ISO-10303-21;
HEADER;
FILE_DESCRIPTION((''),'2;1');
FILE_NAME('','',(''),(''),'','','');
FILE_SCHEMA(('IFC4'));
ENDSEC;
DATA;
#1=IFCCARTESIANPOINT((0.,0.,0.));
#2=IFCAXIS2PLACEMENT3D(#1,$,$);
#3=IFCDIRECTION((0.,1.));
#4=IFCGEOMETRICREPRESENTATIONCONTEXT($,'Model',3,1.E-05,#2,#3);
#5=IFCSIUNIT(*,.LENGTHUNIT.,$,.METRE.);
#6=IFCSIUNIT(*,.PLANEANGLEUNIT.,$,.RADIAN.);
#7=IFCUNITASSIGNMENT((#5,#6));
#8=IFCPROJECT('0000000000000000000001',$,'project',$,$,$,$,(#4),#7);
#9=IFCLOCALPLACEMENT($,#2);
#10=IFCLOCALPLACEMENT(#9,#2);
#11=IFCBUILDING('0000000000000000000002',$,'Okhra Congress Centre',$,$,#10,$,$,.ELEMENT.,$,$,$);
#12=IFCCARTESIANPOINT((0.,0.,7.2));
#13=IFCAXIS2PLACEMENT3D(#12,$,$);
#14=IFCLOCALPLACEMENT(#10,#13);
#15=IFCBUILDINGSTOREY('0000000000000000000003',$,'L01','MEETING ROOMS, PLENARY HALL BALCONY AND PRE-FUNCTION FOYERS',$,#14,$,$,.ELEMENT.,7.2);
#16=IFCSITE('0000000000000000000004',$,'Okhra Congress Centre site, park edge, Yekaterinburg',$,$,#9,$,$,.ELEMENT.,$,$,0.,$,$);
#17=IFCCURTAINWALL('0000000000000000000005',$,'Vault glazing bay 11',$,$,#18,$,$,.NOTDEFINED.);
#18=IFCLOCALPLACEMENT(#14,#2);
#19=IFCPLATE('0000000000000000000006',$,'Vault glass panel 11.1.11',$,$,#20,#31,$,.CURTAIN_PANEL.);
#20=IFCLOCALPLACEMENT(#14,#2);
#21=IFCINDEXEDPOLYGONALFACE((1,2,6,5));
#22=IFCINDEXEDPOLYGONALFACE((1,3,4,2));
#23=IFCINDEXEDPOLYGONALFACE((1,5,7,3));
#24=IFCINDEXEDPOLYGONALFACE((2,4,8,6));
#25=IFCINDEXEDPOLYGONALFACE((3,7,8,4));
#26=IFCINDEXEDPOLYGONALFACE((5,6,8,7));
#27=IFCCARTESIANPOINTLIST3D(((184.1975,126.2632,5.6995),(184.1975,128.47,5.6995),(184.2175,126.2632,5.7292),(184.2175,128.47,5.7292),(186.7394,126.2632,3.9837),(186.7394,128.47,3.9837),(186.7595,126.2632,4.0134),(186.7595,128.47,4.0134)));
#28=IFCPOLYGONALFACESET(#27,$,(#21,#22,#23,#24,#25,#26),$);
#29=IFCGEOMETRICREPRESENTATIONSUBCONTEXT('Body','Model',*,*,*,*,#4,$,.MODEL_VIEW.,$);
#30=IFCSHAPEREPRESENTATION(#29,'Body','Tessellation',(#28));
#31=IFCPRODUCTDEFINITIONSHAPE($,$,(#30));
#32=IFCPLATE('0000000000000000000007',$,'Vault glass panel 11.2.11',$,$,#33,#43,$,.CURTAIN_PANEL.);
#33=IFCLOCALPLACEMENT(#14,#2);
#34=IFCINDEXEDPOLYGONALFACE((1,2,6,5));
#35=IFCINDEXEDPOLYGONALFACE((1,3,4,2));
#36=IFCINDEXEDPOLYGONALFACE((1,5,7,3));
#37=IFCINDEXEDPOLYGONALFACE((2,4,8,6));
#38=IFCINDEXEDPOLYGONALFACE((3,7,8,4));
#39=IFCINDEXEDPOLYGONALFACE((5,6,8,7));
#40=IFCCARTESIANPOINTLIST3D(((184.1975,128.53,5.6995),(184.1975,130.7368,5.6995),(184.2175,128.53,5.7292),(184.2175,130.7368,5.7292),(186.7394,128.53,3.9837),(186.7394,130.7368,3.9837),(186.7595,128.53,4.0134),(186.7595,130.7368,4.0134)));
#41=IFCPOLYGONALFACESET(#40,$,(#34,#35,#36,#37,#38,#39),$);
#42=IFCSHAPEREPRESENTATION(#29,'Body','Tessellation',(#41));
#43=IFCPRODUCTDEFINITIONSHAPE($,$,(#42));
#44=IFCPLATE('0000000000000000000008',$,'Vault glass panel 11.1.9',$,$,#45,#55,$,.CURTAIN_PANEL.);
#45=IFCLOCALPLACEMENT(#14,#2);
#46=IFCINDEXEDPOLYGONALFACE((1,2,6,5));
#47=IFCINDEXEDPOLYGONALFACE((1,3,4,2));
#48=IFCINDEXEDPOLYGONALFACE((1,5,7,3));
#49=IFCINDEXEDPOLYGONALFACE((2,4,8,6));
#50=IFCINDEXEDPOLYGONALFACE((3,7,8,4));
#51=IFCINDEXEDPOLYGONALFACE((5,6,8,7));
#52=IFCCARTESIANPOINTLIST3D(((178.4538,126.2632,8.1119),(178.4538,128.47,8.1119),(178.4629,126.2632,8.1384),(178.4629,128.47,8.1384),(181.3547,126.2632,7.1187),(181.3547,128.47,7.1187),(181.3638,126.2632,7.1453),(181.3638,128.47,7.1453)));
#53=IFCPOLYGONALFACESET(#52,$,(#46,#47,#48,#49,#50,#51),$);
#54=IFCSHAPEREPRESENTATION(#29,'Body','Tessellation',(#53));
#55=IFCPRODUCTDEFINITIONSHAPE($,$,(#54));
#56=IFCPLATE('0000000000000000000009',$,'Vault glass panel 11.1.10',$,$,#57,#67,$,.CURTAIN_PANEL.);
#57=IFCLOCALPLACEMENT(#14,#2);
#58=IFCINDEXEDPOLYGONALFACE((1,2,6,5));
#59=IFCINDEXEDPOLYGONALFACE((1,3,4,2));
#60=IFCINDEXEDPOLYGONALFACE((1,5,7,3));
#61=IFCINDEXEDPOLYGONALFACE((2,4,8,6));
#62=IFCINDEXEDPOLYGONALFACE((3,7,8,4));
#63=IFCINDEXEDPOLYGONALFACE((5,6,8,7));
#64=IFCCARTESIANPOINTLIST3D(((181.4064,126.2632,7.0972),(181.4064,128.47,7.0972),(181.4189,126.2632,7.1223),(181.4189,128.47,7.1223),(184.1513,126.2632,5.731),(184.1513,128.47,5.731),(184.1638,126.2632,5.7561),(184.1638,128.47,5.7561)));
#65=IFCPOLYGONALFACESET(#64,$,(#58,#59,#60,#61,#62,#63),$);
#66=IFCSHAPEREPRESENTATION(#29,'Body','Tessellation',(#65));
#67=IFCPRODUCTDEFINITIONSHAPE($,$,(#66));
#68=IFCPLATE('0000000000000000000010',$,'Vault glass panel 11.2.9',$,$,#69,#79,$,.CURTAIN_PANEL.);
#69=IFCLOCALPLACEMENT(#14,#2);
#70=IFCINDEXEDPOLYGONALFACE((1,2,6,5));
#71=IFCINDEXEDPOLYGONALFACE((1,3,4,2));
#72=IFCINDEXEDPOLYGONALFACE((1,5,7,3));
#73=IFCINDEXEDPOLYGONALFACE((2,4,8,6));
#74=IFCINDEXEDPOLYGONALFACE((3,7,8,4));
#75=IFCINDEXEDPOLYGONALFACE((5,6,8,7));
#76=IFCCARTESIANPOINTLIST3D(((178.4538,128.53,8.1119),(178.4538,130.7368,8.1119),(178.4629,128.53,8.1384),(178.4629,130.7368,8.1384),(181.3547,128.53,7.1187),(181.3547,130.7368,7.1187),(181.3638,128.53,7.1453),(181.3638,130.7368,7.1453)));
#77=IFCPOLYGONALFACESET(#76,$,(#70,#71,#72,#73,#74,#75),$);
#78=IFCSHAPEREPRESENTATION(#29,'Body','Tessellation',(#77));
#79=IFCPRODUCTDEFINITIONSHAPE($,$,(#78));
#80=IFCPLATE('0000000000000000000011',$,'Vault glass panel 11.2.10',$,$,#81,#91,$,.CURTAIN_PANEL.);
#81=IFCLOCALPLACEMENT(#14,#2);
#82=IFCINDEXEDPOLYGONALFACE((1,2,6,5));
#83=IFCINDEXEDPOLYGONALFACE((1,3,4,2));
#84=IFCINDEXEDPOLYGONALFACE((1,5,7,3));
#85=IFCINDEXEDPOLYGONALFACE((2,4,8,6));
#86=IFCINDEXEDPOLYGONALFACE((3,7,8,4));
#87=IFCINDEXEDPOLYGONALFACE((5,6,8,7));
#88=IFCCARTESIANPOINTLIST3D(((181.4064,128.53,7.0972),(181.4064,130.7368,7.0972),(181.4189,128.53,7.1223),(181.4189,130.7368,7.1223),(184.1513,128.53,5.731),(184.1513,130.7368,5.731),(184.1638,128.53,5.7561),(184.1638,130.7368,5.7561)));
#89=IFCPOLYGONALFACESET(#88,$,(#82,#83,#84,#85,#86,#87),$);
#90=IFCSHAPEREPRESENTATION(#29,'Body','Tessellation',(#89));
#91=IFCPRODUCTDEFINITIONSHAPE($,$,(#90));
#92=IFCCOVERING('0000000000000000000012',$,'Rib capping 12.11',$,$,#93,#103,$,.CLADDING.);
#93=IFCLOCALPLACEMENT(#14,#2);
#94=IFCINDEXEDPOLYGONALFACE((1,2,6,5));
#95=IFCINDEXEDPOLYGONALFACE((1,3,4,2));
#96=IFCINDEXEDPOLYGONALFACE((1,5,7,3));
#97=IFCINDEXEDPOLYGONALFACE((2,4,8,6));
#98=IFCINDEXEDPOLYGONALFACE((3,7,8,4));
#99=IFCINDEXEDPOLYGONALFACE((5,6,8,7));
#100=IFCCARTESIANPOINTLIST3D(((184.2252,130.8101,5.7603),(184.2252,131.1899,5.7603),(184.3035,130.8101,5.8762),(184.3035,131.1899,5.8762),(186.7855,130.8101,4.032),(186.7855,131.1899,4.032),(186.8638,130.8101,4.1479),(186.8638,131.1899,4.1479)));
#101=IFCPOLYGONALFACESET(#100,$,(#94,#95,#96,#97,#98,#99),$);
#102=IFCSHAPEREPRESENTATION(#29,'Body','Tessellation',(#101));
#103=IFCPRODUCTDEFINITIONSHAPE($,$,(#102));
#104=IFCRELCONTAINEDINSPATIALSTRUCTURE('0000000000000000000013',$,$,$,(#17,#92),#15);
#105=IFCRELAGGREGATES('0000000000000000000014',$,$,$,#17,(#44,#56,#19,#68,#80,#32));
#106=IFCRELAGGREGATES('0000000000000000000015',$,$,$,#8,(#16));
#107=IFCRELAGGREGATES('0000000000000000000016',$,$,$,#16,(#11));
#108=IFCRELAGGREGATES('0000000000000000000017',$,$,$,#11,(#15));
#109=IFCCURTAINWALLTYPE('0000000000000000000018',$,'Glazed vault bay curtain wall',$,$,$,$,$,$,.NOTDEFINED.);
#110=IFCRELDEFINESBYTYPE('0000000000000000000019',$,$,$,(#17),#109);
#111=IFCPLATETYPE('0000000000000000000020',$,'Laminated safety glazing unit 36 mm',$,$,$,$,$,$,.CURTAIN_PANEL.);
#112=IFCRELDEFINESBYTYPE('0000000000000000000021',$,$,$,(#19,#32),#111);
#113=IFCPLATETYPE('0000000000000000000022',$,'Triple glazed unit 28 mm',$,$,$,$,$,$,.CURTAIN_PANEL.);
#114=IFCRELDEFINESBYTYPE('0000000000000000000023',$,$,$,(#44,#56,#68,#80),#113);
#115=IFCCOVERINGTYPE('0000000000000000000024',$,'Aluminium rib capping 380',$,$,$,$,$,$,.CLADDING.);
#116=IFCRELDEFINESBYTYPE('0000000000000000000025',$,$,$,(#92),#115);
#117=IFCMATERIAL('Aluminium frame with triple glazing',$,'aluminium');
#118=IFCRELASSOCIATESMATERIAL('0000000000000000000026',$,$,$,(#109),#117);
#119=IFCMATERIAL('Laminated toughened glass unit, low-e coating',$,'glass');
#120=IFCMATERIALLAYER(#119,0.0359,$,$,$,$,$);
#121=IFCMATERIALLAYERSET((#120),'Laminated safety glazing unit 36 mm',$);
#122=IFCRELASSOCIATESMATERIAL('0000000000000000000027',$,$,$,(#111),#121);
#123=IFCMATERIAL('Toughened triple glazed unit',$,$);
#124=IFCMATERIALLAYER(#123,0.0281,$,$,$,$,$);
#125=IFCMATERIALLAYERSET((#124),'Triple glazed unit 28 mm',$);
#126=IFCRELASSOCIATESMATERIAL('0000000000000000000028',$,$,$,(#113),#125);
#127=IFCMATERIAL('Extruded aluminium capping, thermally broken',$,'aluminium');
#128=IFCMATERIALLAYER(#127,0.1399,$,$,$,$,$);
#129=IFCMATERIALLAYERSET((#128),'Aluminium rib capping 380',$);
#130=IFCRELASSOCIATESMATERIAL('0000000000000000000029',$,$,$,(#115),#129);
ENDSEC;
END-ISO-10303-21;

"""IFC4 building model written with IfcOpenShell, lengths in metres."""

from ifc_helpers import new_model, si_unit, direction, frame, origin, place, context, subcontext, project, spatial, polyline, outline, extrude, material, layer, layer_set, type_object, element, aggregate, save


model = new_model("IFC4")

# Units and contexts
model_context = context("Model", 3, precision=1e-05, world=origin(), true_north=direction((0.0, 1.0)))
body_context = subcontext(model_context, "Body", "Model", "MODEL_VIEW")
ifc_project = project(units=[si_unit("LENGTHUNIT", "METRE"), si_unit("PLANEANGLEUNIT", "RADIAN")], contexts=[model_context])

# Site, building, storey
site_placement = place(None, origin())
site = spatial("IfcSite", under=ifc_project, at=site_placement, Name="Okhra Congress Centre site, park edge, Yekaterinburg", CompositionType="ELEMENT", RefElevation=0.0)
building_placement = place(site_placement, origin())
building = spatial("IfcBuilding", under=site, at=building_placement, Name="Okhra Congress Centre", CompositionType="ELEMENT")
storey_placement = place(building_placement, frame((0.0, 0.0, 7.2)))
storey = spatial("IfcBuildingStorey", under=building, at=storey_placement, Name="L01", Description="MEETING ROOMS, PLENARY HALL BALCONY AND PRE-FUNCTION FOYERS", CompositionType="ELEMENT", Elevation=7.2)

# Curtain wall, plates
ifc_material_1 = material(Name="Aluminium frame with triple glazing", Category="aluminium")
curtain_wall_type = type_object("IfcCurtainWallType", Name="Glazed vault bay curtain wall", PredefinedType="NOTDEFINED", material=ifc_material_1)
curtain_wall_placement = place(storey_placement, origin())
curtain_wall = element("IfcCurtainWall", 1, at=curtain_wall_placement, inside=storey, type_object=curtain_wall_type, Name="Vault glazing bay 11", PredefinedType="NOTDEFINED")
ifc_material_2 = material(Name="Laminated toughened glass unit, low-e coating", Category="glass")
ifc_layer_1 = layer(ifc_material_2, 0.0359)
ifc_layer_set_1 = layer_set([ifc_layer_1], Name="Laminated safety glazing unit 36 mm")
plate_type_1 = type_object("IfcPlateType", Name="Laminated safety glazing unit 36 mm", PredefinedType="CURTAIN_PANEL", material=ifc_layer_set_1)
plate_1_placement = place(storey_placement, frame((184.2175, 126.2632, 5.7292), z_axis=(0.559467, 0.0, 0.828852), x_axis=(0.828852, 0.0, -0.559467)))
plate_1 = element("IfcPlate", 2, at=plate_1_placement, type_object=plate_type_1, Name="Vault glass panel 11.1.11", PredefinedType="CURTAIN_PANEL", context=body_context, shape_type="SweptSolid", body=[
    extrude(outline(polyline([(0.0, 0.0), (3.0669, 0.0), (3.0669, 2.2068), (0.0, 2.2068), (0.0, 0.0)])), origin(), (0.0, 0.0, -1.0), 0.0359),
])
plate_2_placement = place(storey_placement, frame((184.2175, 128.53, 5.7292), z_axis=(0.559467, 0.0, 0.828852), x_axis=(0.828852, 0.0, -0.559467)))
plate_2 = element("IfcPlate", 3, at=plate_2_placement, type_object=plate_type_1, Name="Vault glass panel 11.2.11", PredefinedType="CURTAIN_PANEL", context=body_context, shape_type="SweptSolid", body=[
    extrude(outline(polyline([(0.0, 0.0), (3.0669, 0.0), (3.0669, 2.2068), (0.0, 2.2068), (0.0, 0.0)])), origin(), (0.0, 0.0, -1.0), 0.0359),
])
ifc_material_3 = material(Name="Toughened triple glazed unit")
ifc_layer_2 = layer(ifc_material_3, 0.0281)
ifc_layer_set_2 = layer_set([ifc_layer_2], Name="Triple glazed unit 28 mm")
plate_type_2 = type_object("IfcPlateType", Name="Triple glazed unit 28 mm", PredefinedType="CURTAIN_PANEL", material=ifc_layer_set_2)
plate_3_placement = place(storey_placement, frame((178.4629, 126.2632, 8.1384), z_axis=(0.323909, 0.0, 0.946088), x_axis=(0.946088, 0.0, -0.323909)))
plate_3 = element("IfcPlate", 4, at=plate_3_placement, type_object=plate_type_2, Name="Vault glass panel 11.1.9", PredefinedType="CURTAIN_PANEL", context=body_context, shape_type="SweptSolid", body=[
    extrude(outline(polyline([(0.0, 0.0), (3.0662, 0.0), (3.0662, 2.2068), (0.0, 2.2068), (0.0, 0.0)])), origin(), (0.0, 0.0, -1.0), 0.0281),
])
plate_4_placement = place(storey_placement, frame((181.4189, 126.2632, 7.1223), z_axis=(0.445588, 0.0, 0.895238), x_axis=(0.895238, 0.0, -0.445588)))
plate_4 = element("IfcPlate", 5, at=plate_4_placement, type_object=plate_type_2, Name="Vault glass panel 11.1.10", PredefinedType="CURTAIN_PANEL", context=body_context, shape_type="SweptSolid", body=[
    extrude(outline(polyline([(0.0, 0.0), (3.0661, 0.0), (3.0661, 2.2068), (0.0, 2.2068), (0.0, 0.0)])), origin(), (0.0, 0.0, -1.0), 0.0281),
])
plate_5_placement = place(storey_placement, frame((178.4629, 128.53, 8.1384), z_axis=(0.323909, 0.0, 0.946088), x_axis=(0.946088, 0.0, -0.323909)))
plate_5 = element("IfcPlate", 6, at=plate_5_placement, type_object=plate_type_2, Name="Vault glass panel 11.2.9", PredefinedType="CURTAIN_PANEL", context=body_context, shape_type="SweptSolid", body=[
    extrude(outline(polyline([(0.0, 0.0), (3.0662, 0.0), (3.0662, 2.2068), (0.0, 2.2068), (0.0, 0.0)])), origin(), (0.0, 0.0, -1.0), 0.0281),
])
plate_6_placement = place(storey_placement, frame((181.4189, 128.53, 7.1223), z_axis=(0.445588, 0.0, 0.895238), x_axis=(0.895238, 0.0, -0.445588)))
plate_6 = element("IfcPlate", 7, at=plate_6_placement, type_object=plate_type_2, Name="Vault glass panel 11.2.10", PredefinedType="CURTAIN_PANEL", context=body_context, shape_type="SweptSolid", body=[
    extrude(outline(polyline([(0.0, 0.0), (3.0661, 0.0), (3.0661, 2.2068), (0.0, 2.2068), (0.0, 0.0)])), origin(), (0.0, 0.0, -1.0), 0.0281),
])
aggregate(curtain_wall, [plate_3, plate_4, plate_1, plate_5, plate_6, plate_2])

# Covering
ifc_material_4 = material(Name="Extruded aluminium capping, thermally broken", Category="aluminium")
ifc_layer_3 = layer(ifc_material_4, 0.1399)
ifc_layer_set_3 = layer_set([ifc_layer_3], Name="Aluminium rib capping 380")
covering_type = type_object("IfcCoveringType", Name="Aluminium rib capping 380", PredefinedType="CLADDING", material=ifc_layer_set_3)
covering_placement = place(storey_placement, frame((184.3035, 130.8101, 5.8762), z_axis=(0.559488, 0.0, 0.828839), x_axis=(0.828839, 0.0, -0.559488)))
element("IfcCovering", 8, at=covering_placement, inside=storey, type_object=covering_type, Name="Rib capping 12.11", PredefinedType="CLADDING", context=body_context, shape_type="SweptSolid", body=[
    extrude(outline(polyline([(0.0, 0.0), (3.089, 0.0), (3.089, 0.3799), (0.0, 0.3799), (0.0, 0.0)])), origin(), (0.0, 0.0, -1.0), 0.1399),
])

save(model, "model.ifc")
